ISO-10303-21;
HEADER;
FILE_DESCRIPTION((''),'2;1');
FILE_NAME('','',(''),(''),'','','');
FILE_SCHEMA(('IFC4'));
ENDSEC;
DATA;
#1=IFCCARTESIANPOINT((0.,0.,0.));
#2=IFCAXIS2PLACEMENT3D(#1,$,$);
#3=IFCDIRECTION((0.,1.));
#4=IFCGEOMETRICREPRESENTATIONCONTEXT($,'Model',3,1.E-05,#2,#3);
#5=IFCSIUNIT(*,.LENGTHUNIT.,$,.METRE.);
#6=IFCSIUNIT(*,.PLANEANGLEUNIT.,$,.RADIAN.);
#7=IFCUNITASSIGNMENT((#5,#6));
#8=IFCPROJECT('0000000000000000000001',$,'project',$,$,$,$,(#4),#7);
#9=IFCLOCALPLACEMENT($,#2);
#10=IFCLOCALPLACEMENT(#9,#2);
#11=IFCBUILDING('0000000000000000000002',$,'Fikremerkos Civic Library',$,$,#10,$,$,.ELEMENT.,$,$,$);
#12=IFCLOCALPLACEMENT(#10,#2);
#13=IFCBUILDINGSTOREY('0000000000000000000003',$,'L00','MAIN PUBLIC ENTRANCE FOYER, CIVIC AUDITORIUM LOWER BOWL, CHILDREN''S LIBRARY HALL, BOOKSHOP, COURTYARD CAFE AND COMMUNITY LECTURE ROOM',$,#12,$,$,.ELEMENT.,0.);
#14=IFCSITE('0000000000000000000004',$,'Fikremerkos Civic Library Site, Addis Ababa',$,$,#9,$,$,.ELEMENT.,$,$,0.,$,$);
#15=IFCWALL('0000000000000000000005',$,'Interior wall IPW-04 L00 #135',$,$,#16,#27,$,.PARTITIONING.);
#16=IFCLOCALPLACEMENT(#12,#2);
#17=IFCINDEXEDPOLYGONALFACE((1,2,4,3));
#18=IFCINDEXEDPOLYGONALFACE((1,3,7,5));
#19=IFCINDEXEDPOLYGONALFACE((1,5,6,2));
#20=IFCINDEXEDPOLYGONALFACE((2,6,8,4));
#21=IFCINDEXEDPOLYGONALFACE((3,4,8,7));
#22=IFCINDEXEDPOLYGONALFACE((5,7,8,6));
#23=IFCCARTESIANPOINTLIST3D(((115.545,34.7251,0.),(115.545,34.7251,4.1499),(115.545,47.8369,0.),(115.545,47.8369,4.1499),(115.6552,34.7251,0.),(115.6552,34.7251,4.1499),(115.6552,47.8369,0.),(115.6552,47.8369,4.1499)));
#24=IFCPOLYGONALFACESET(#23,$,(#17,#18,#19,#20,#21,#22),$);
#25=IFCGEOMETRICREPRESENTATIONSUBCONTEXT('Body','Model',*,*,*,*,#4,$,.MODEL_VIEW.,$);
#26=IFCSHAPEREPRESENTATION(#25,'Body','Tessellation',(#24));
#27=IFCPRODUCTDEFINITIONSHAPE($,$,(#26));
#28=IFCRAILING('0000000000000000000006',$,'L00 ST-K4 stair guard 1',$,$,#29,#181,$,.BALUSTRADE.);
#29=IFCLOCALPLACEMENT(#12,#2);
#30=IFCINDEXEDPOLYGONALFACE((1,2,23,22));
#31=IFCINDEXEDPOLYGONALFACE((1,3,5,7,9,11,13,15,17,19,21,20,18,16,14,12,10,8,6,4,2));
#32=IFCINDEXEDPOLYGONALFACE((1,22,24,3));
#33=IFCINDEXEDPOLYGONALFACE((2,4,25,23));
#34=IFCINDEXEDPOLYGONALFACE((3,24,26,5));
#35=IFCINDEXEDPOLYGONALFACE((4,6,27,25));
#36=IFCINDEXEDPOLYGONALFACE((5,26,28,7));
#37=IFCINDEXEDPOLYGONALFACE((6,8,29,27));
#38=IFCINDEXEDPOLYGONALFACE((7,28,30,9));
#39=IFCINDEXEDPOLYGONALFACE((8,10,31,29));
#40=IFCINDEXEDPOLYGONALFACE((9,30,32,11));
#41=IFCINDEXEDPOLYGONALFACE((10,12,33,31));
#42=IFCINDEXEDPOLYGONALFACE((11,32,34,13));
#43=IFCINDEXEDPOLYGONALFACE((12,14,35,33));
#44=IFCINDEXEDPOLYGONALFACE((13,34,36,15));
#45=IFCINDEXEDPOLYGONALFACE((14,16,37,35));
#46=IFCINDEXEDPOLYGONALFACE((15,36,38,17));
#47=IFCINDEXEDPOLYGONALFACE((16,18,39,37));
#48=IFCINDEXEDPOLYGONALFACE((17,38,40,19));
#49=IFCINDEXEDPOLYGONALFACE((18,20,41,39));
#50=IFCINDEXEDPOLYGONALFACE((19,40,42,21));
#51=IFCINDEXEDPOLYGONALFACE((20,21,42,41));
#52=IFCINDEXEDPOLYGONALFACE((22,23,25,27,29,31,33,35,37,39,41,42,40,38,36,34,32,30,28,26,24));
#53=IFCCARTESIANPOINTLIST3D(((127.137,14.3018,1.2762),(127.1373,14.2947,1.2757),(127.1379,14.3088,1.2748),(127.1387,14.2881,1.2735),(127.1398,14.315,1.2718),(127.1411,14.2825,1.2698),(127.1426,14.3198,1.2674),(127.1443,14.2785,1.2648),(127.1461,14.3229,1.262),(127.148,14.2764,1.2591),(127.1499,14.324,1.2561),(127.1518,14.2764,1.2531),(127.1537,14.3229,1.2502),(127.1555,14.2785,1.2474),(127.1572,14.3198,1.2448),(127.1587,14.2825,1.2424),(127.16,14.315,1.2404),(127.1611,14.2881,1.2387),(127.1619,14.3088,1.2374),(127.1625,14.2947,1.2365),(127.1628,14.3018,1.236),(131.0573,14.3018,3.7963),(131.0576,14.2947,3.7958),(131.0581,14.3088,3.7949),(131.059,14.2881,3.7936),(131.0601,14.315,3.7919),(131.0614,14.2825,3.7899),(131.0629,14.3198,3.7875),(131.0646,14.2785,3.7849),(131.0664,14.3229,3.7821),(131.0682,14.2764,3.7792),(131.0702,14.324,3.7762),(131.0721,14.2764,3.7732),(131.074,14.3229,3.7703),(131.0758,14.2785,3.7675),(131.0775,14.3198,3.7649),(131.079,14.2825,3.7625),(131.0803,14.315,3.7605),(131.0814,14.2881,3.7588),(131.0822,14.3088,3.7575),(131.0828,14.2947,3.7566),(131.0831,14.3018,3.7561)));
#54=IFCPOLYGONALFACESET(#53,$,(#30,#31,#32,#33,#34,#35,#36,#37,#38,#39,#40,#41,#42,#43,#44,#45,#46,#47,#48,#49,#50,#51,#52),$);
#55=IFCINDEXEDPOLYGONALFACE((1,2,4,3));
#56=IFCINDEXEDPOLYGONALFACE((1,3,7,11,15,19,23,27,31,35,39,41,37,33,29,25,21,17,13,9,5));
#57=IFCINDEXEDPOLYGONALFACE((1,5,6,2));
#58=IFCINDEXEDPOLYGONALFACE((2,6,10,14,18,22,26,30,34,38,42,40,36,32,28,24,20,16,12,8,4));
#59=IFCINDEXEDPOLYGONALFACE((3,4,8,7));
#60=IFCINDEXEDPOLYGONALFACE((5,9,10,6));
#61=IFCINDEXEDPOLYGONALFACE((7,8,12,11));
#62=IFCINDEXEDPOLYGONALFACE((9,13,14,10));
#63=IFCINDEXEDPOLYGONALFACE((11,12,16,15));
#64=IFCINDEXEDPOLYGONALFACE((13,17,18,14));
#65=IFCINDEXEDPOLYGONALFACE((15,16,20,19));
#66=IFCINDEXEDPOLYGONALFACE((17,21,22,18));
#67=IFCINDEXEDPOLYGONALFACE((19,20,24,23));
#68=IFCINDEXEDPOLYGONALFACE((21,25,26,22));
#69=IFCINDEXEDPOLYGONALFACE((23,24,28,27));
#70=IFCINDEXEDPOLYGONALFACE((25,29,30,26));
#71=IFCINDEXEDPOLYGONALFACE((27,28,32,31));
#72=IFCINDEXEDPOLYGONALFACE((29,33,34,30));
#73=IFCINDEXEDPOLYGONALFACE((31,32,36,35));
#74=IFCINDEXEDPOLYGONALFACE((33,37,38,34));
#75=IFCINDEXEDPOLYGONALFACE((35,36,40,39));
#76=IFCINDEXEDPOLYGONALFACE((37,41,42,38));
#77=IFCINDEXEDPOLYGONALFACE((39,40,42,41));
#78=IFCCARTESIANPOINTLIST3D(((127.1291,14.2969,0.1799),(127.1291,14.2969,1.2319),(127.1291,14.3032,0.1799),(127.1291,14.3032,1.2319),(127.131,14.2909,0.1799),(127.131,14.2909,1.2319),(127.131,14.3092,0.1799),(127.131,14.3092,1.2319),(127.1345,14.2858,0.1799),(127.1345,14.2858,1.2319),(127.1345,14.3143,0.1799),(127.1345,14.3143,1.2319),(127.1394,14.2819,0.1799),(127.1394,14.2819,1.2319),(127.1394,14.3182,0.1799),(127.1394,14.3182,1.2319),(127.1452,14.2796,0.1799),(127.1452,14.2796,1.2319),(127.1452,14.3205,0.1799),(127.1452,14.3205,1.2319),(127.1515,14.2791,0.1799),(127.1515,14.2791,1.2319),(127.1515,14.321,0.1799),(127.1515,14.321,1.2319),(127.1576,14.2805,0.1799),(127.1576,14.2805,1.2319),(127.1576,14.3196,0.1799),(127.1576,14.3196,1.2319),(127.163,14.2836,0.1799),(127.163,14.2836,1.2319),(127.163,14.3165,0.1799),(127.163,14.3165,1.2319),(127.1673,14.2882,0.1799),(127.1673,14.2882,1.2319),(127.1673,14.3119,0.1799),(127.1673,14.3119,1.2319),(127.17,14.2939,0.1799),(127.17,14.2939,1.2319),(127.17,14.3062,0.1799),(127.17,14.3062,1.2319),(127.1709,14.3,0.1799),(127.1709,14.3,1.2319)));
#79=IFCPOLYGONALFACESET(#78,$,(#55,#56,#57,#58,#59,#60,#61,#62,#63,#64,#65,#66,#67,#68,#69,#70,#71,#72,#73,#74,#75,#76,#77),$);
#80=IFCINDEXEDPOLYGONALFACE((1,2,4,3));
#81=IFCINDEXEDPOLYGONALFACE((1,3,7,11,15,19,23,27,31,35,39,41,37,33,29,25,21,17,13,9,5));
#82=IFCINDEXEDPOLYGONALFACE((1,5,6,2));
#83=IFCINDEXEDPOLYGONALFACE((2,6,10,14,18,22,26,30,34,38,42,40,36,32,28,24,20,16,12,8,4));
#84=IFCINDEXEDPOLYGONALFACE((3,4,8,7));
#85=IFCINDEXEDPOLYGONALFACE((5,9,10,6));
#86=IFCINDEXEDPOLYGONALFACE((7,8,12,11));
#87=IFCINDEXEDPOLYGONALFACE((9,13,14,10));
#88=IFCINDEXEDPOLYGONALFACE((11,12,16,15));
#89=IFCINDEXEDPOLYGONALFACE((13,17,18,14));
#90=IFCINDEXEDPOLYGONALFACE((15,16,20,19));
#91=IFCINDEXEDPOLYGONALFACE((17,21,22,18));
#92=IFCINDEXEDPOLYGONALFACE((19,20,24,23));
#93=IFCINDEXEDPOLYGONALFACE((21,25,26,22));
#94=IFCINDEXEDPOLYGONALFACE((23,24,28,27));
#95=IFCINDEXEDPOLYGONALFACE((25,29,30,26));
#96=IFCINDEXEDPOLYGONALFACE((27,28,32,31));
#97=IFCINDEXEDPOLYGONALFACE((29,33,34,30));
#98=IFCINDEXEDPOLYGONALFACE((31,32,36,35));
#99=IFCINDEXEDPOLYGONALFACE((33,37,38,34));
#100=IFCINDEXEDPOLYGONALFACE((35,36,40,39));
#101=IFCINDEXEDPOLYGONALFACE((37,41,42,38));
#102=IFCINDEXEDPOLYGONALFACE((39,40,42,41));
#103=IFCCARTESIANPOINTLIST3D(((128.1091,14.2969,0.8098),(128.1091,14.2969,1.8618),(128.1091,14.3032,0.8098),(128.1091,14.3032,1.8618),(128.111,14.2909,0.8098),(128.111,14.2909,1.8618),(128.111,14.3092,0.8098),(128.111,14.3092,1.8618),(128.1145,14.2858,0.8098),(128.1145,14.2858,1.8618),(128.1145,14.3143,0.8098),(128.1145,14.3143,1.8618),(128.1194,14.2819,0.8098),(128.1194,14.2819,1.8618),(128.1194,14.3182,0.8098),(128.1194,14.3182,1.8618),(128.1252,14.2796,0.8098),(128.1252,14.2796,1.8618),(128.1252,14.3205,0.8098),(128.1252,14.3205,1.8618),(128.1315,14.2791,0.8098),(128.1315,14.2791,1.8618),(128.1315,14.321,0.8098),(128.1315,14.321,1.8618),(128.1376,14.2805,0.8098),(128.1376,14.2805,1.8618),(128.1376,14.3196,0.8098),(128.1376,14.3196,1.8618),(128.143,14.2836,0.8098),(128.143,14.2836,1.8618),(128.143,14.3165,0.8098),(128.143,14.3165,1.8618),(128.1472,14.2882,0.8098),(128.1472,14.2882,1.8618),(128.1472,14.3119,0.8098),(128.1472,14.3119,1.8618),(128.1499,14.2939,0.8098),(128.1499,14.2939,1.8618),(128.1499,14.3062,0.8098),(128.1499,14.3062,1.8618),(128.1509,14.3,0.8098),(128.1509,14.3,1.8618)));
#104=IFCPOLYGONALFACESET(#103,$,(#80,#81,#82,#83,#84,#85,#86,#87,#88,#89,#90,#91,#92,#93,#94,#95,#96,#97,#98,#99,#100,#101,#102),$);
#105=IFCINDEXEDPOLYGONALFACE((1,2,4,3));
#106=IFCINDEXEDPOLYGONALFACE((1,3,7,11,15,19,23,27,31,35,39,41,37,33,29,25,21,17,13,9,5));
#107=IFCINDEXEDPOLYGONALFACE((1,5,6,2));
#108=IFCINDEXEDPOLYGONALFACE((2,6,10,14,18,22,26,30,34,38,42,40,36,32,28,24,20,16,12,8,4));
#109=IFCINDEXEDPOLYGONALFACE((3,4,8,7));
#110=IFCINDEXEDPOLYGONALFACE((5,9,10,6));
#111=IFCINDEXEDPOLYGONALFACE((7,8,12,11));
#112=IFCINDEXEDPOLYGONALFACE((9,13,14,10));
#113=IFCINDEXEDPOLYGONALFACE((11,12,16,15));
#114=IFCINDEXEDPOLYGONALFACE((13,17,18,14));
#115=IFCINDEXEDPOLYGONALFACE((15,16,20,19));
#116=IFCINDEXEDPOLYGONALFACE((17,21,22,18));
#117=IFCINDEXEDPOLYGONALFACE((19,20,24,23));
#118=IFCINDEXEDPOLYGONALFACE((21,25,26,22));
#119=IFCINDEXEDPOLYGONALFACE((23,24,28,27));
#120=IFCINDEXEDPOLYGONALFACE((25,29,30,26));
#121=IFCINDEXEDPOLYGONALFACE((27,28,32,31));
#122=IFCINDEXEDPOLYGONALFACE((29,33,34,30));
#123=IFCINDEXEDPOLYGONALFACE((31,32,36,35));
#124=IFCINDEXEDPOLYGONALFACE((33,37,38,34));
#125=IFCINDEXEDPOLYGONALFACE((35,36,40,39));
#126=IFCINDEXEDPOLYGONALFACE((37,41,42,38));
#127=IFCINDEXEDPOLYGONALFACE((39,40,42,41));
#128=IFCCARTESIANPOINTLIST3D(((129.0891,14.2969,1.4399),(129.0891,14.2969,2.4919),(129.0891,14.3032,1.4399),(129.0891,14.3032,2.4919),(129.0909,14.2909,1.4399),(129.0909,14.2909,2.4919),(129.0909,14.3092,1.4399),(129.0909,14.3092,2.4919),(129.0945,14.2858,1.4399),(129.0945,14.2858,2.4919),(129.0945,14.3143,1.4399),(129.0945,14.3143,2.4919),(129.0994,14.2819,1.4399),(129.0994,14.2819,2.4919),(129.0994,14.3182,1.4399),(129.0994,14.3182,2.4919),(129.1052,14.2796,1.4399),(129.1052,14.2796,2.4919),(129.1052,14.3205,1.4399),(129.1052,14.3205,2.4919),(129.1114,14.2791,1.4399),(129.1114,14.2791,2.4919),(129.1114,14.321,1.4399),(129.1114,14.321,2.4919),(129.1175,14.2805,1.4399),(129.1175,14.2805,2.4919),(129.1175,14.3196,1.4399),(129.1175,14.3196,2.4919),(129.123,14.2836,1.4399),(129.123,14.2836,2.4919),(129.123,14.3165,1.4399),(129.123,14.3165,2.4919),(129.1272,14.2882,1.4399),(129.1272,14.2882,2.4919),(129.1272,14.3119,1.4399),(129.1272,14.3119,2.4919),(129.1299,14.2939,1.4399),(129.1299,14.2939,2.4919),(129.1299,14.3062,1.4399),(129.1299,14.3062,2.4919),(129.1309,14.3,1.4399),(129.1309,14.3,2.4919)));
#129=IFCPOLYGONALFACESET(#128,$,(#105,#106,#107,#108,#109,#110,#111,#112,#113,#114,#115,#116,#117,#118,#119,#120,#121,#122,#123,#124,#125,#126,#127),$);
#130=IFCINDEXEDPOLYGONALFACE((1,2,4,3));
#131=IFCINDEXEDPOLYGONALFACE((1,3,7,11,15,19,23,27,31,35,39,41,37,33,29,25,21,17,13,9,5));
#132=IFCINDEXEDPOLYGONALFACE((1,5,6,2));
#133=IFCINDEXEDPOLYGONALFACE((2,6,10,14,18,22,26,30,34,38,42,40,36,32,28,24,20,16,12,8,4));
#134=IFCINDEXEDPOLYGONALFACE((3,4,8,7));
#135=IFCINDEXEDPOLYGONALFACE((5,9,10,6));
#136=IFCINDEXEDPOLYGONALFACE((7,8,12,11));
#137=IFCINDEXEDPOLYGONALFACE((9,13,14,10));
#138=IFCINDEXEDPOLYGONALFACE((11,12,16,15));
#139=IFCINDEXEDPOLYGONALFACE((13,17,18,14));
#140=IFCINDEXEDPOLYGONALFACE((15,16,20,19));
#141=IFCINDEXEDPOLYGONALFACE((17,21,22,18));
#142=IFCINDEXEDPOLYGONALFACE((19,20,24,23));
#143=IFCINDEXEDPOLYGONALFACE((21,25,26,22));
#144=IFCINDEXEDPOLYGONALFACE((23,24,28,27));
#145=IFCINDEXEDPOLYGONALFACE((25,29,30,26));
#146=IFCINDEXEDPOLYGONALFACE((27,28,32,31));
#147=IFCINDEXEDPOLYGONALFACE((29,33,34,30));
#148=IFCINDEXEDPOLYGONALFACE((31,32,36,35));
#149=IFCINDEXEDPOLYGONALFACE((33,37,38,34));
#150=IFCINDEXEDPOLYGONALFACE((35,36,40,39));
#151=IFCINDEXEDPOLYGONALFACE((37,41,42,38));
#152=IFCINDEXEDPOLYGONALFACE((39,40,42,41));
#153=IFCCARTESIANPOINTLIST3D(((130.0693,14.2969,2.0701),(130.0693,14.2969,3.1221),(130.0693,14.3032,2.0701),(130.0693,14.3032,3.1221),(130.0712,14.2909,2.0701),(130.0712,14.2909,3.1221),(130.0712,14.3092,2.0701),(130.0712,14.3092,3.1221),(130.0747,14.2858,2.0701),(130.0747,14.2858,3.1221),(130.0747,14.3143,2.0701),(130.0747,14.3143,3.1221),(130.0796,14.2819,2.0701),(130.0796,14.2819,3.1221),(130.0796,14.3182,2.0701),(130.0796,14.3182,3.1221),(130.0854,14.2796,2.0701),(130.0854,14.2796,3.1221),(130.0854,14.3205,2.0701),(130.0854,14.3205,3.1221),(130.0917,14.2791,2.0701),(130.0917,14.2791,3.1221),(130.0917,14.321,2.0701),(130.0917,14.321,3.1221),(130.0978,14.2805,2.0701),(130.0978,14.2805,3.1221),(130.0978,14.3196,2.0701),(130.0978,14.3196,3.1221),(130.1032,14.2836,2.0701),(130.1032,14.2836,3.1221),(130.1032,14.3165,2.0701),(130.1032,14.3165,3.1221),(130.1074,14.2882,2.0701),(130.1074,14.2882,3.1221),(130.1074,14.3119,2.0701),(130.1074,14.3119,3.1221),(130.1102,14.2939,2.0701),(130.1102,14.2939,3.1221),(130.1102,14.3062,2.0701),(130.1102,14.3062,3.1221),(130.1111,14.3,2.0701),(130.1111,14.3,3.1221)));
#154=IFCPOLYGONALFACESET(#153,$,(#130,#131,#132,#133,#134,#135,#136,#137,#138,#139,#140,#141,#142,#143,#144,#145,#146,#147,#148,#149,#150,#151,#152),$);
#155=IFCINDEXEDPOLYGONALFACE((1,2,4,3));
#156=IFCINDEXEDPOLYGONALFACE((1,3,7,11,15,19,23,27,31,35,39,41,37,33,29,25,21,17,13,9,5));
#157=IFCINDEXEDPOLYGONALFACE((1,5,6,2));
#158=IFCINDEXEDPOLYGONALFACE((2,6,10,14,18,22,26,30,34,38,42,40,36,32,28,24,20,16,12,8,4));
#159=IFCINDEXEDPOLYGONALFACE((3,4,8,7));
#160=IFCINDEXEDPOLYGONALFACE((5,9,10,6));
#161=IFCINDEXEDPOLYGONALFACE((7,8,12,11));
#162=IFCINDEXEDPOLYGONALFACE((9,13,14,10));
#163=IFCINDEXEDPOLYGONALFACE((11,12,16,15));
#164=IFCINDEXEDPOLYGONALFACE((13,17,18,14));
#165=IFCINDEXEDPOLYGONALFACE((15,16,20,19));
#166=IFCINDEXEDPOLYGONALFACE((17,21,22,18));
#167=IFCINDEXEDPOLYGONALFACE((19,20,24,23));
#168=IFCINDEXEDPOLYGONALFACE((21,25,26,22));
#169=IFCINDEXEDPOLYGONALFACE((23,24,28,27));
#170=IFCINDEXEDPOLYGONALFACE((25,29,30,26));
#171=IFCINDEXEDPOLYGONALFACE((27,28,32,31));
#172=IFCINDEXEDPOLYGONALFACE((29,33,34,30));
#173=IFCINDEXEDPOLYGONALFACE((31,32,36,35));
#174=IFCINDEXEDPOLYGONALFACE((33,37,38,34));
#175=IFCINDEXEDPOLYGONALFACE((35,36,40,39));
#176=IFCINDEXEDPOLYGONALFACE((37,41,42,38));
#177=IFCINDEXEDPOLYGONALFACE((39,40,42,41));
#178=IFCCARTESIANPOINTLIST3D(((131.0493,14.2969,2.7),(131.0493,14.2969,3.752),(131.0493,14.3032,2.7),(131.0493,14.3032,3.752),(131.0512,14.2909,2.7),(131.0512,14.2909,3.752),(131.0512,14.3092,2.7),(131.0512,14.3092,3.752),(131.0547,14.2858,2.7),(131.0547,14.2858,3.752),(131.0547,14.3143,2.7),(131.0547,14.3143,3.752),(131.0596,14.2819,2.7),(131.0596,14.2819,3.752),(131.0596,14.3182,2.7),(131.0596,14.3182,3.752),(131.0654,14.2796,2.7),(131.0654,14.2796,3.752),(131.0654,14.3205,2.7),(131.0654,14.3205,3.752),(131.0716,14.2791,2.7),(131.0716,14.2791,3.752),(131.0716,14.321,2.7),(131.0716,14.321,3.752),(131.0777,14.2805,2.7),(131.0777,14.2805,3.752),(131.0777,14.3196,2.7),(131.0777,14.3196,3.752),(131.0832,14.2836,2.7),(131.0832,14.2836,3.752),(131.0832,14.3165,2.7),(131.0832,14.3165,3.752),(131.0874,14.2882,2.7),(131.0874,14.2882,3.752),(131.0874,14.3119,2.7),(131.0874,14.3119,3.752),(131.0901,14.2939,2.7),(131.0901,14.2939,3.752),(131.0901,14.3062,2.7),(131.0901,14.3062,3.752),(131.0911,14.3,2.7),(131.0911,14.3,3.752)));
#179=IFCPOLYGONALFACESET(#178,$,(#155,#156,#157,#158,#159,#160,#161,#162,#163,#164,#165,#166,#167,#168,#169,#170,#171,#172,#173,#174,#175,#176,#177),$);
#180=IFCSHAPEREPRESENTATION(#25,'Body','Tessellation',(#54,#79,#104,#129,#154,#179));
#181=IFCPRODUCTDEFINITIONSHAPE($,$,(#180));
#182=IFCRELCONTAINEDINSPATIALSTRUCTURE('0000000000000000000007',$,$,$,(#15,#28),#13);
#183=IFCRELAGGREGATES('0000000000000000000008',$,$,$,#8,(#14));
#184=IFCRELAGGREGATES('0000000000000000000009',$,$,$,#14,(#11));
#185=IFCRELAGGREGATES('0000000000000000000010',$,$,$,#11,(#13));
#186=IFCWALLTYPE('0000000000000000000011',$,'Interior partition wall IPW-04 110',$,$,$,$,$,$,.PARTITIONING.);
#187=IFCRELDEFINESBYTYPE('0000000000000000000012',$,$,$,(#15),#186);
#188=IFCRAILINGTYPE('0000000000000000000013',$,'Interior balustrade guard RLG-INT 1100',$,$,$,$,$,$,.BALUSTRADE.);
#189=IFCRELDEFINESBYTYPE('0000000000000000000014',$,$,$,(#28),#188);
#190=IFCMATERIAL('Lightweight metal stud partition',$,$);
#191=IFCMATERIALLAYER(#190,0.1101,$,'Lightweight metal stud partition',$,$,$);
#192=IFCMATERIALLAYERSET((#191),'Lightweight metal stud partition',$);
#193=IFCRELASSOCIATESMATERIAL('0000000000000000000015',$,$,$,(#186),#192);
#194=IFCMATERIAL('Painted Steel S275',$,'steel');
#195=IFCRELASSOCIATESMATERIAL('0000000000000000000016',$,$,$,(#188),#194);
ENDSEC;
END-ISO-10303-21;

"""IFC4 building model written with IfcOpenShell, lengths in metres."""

from ifc_helpers import new_model, si_unit, direction, frame, frame_2d, origin, origin_2d, place, context, subcontext, project, spatial, rectangle, circle, extrude, material, layer, layer_set, type_object, element, save


model = new_model("IFC4")

# Units and contexts
model_context = context("Model", 3, precision=1e-05, world=origin(), true_north=direction((0.0, 1.0)))
body_context = subcontext(model_context, "Body", "Model", "MODEL_VIEW")
ifc_project = project(units=[si_unit("LENGTHUNIT", "METRE"), si_unit("PLANEANGLEUNIT", "RADIAN")], contexts=[model_context])

# Site, building, storey
site_placement = place(None, origin())
site = spatial("IfcSite", under=ifc_project, at=site_placement, Name="Fikremerkos Civic Library Site, Addis Ababa", CompositionType="ELEMENT", RefElevation=0.0)
building_placement = place(site_placement, origin())
building = spatial("IfcBuilding", under=site, at=building_placement, Name="Fikremerkos Civic Library", CompositionType="ELEMENT")
storey_placement = place(building_placement, origin())
storey = spatial("IfcBuildingStorey", under=building, at=storey_placement, Name="L00", Description="MAIN PUBLIC ENTRANCE FOYER, CIVIC AUDITORIUM LOWER BOWL, CHILDREN'S LIBRARY HALL, BOOKSHOP, COURTYARD CAFE AND COMMUNITY LECTURE ROOM", CompositionType="ELEMENT", Elevation=0.0)

# Wall
ifc_material_1 = material(Name="Lightweight metal stud partition")
ifc_layer_1 = layer(ifc_material_1, 0.1101, Name="Lightweight metal stud partition")
ifc_layer_set_1 = layer_set([ifc_layer_1], Name="Lightweight metal stud partition")
wall_type_1 = type_object("IfcWallType", Name="Interior partition wall IPW-04 110", PredefinedType="PARTITIONING", material=ifc_layer_set_1)
wall_1_placement = place(storey_placement, frame((115.6001, 34.7251, 0.0), z_axis=(0.0, 0.0, 1.0), x_axis=(0.0, 1.0, 0.0)))
element("IfcWall", 1, at=wall_1_placement, inside=storey, type_object=wall_type_1, Name="Interior wall IPW-04 L00 #135", PredefinedType="PARTITIONING", context=body_context, shape_type="SweptSolid", body=[
    extrude(rectangle(XDim=13.1118, YDim=0.1101, at=frame_2d((6.5559, 0.0))), origin(), (0.0, 0.0, 1.0), 4.1499),
])

# Railing
ifc_material_2 = material(Name="Painted Steel S275", Category="steel")
railing_type = type_object("IfcRailingType", Name="Interior balustrade guard RLG-INT 1100", PredefinedType="BALUSTRADE", material=ifc_material_2)
railing_1_placement = place(storey_placement, frame((127.1499, 14.3, 0.1799)))
element("IfcRailing", 2, at=railing_1_placement, inside=storey, type_object=railing_type, Name="L00 ST-K4 stair guard 1", PredefinedType="BALUSTRADE", context=body_context, shape_type="SweptSolid", body=[
    extrude(circle(Radius=0.0239, at=origin_2d()), frame((0.0, 0.0, 1.0762), z_axis=(0.841187, 0.0, 0.540744), x_axis=(0.0, 1.0, 0.0)), (0.0, 0.0, 1.0), 4.6604),
    extrude(circle(Radius=0.021, at=origin_2d()), origin(), (0.0, 0.0, 1.0), 1.052),
    extrude(circle(Radius=0.021, at=origin_2d()), frame((0.98, 0.0, 0.6299)), (0.0, 0.0, 1.0), 1.052),
    extrude(circle(Radius=0.021, at=origin_2d()), frame((1.96, 0.0, 1.26)), (0.0, 0.0, 1.0), 1.052),
    extrude(circle(Radius=0.021, at=origin_2d()), frame((2.9402, 0.0, 1.8901)), (0.0, 0.0, 1.0), 1.052),
    extrude(circle(Radius=0.021, at=origin_2d()), frame((3.9202, 0.0, 2.52)), (0.0, 0.0, 1.0), 1.052),
])

save(model, "model.ifc")
